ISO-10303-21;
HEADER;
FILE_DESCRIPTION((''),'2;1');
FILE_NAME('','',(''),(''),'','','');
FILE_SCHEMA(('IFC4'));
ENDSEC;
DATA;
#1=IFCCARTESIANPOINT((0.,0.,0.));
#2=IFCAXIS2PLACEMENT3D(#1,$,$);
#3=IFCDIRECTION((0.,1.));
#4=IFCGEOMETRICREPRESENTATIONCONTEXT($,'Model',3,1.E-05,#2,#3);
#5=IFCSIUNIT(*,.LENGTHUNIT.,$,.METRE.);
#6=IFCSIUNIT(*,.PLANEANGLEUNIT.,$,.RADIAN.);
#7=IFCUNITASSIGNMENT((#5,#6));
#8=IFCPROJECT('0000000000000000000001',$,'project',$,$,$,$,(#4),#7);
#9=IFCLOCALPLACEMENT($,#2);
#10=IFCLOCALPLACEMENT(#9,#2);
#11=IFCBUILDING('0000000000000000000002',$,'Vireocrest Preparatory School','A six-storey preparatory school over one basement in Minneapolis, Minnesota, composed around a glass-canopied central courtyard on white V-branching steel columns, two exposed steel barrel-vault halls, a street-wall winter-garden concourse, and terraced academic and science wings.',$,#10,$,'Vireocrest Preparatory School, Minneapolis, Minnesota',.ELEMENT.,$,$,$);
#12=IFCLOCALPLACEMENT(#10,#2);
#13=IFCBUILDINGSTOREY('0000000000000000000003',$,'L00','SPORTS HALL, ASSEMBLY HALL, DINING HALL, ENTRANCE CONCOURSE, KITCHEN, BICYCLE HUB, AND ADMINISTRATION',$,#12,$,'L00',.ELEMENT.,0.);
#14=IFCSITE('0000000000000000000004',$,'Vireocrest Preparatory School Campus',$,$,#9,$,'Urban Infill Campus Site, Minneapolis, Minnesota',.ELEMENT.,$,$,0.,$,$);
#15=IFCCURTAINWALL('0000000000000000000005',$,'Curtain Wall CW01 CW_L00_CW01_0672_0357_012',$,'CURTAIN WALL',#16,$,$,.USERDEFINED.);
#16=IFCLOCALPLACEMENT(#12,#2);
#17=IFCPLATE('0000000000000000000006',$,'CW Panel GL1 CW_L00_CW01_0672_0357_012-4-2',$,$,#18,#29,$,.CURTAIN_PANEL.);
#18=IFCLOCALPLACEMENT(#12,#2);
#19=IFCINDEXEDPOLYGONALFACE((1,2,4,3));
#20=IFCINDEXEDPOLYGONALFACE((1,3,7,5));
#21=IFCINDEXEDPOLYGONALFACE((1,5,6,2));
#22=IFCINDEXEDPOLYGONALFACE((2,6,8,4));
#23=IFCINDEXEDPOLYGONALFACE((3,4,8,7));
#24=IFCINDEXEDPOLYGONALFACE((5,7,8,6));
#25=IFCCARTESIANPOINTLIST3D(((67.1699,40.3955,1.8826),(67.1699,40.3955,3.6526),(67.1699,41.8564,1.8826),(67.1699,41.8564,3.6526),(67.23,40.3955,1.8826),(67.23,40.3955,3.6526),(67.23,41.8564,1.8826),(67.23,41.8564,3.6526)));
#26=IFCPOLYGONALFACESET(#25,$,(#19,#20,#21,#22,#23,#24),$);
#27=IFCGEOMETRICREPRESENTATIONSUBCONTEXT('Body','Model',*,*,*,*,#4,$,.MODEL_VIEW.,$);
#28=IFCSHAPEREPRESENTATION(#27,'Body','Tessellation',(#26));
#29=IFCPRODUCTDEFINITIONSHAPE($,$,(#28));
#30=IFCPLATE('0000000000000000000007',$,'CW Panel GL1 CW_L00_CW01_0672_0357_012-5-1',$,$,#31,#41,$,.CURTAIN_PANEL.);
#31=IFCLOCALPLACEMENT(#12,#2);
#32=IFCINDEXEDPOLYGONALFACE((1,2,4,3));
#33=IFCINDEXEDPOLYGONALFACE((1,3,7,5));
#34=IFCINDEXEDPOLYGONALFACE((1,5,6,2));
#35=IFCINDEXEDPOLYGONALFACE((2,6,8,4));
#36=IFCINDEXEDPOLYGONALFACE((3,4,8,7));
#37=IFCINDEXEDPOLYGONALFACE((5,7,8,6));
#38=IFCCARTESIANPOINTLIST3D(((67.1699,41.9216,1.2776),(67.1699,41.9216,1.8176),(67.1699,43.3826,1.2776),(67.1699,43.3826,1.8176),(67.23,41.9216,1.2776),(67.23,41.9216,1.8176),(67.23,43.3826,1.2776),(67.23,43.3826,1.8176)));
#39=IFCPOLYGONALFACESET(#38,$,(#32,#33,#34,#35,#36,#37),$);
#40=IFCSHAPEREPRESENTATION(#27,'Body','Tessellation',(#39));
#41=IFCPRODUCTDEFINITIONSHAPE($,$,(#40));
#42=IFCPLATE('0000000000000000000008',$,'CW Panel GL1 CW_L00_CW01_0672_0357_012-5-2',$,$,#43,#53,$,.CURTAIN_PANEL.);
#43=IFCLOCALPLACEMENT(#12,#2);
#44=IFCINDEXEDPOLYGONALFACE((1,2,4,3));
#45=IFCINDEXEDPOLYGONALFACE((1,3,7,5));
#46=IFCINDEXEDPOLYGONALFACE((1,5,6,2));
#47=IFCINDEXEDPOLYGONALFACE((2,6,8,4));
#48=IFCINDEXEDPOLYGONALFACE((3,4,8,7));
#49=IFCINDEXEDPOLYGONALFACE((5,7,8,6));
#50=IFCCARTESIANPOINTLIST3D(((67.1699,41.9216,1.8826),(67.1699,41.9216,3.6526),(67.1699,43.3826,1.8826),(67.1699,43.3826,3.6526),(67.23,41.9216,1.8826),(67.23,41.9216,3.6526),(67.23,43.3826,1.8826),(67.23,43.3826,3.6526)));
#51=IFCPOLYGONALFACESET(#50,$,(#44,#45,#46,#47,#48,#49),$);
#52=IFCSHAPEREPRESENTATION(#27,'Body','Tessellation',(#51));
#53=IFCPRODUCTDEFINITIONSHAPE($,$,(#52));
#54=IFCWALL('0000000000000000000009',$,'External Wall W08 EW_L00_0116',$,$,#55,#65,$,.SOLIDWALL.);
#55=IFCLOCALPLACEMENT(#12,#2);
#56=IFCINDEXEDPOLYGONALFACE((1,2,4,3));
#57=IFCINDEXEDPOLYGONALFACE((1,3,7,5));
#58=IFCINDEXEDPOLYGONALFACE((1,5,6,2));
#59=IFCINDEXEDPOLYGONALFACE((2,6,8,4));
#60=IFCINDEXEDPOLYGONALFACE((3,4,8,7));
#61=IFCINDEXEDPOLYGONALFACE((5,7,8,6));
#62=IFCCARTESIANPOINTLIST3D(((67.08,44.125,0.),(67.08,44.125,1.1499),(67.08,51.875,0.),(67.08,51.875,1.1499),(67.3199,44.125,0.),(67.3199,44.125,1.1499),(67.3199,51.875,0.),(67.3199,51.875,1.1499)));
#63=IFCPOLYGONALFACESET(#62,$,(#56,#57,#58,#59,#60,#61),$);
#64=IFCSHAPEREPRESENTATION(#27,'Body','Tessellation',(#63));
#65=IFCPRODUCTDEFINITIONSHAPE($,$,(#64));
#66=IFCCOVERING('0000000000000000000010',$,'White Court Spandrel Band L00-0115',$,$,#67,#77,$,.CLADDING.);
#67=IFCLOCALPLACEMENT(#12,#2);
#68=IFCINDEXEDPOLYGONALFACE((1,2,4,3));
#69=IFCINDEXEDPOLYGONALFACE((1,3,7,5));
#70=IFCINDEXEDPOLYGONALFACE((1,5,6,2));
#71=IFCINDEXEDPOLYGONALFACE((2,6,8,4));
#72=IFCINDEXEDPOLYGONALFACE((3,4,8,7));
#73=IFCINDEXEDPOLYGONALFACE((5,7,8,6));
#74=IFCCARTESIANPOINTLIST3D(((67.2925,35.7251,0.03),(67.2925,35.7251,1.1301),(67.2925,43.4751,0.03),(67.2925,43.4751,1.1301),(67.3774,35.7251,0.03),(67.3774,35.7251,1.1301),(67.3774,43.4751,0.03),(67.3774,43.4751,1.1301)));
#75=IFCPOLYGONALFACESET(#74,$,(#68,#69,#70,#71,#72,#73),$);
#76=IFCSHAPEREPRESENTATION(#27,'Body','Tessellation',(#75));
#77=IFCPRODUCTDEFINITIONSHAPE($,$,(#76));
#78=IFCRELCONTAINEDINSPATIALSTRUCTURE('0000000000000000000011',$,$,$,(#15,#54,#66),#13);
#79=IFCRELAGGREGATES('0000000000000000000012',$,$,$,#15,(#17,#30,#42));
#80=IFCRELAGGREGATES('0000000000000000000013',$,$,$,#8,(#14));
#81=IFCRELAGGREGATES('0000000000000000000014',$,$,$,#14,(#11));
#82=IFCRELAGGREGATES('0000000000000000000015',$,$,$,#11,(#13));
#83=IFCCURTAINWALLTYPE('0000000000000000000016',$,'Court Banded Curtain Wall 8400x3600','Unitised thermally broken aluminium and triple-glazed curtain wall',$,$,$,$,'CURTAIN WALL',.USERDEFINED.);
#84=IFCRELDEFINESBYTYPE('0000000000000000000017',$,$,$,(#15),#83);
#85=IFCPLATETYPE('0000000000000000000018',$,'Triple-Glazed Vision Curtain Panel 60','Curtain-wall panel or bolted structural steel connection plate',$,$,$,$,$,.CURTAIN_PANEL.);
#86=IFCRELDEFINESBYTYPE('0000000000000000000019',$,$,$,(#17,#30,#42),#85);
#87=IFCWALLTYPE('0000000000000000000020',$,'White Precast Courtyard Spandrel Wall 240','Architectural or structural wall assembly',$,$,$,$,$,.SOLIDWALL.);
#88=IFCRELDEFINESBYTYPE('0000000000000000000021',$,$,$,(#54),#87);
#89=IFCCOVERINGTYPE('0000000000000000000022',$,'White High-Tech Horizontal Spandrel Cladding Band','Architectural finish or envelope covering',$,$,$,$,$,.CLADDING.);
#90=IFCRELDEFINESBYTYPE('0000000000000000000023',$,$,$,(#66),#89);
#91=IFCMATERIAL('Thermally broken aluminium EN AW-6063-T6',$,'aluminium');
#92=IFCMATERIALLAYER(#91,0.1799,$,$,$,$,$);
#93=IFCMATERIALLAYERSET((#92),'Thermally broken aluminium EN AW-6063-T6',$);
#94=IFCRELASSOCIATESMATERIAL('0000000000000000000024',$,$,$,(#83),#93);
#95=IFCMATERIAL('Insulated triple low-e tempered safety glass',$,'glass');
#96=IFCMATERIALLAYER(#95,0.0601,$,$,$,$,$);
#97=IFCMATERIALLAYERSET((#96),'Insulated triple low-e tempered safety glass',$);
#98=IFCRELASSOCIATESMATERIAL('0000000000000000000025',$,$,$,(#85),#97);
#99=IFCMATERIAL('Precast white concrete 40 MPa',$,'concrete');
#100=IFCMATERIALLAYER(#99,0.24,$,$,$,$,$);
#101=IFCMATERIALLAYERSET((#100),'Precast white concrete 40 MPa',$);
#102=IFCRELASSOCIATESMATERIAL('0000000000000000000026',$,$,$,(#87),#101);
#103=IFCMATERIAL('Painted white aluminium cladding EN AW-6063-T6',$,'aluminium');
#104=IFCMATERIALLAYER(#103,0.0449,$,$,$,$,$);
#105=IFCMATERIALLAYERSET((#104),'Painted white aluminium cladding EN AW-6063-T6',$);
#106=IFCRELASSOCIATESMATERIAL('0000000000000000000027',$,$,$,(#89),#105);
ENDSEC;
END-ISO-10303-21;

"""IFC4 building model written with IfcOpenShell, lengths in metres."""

from ifc_helpers import new_model, si_unit, direction, frame, frame_2d, origin, origin_2d, place, context, subcontext, project, spatial, rectangle, extrude, material, layer, layer_set, type_object, element, aggregate, save


model = new_model("IFC4")

# Units and contexts
model_context = context("Model", 3, precision=1e-05, world=origin(), true_north=direction((0.0, 1.0)))
body_context = subcontext(model_context, "Body", "Model", "MODEL_VIEW")
ifc_project = project(units=[si_unit("LENGTHUNIT", "METRE"), si_unit("PLANEANGLEUNIT", "RADIAN")], contexts=[model_context])

# Site, building, storey
site_placement = place(None, origin())
site = spatial("IfcSite", under=ifc_project, at=site_placement, Name="Vireocrest Preparatory School Campus", LongName="Urban Infill Campus Site, Minneapolis, Minnesota", CompositionType="ELEMENT", RefElevation=0.0)
building_placement = place(site_placement, origin())
building = spatial("IfcBuilding", under=site, at=building_placement, Name="Vireocrest Preparatory School", Description="A six-storey preparatory school over one basement in Minneapolis, Minnesota, composed around a glass-canopied central courtyard on white V-branching steel columns, two exposed steel barrel-vault halls, a street-wall winter-garden concourse, and terraced academic and science wings.", LongName="Vireocrest Preparatory School, Minneapolis, Minnesota", CompositionType="ELEMENT")
storey_placement = place(building_placement, origin())
storey = spatial("IfcBuildingStorey", under=building, at=storey_placement, Name="L00", Description="SPORTS HALL, ASSEMBLY HALL, DINING HALL, ENTRANCE CONCOURSE, KITCHEN, BICYCLE HUB, AND ADMINISTRATION", LongName="L00", CompositionType="ELEMENT", Elevation=0.0)

# Curtain wall
ifc_material_1 = material(Name="Thermally broken aluminium EN AW-6063-T6", Category="aluminium")
ifc_layer_1 = layer(ifc_material_1, 0.1799)
ifc_layer_set_1 = layer_set([ifc_layer_1], Name="Thermally broken aluminium EN AW-6063-T6")
curtain_wall_type = type_object("IfcCurtainWallType", Name="Court Banded Curtain Wall 8400x3600", Description="Unitised thermally broken aluminium and triple-glazed curtain wall", ElementType="CURTAIN WALL", PredefinedType="USERDEFINED", material=ifc_layer_set_1)
curtain_wall_1_placement = place(storey_placement, origin())
curtain_wall_1 = element("IfcCurtainWall", 1, at=curtain_wall_1_placement, inside=storey, type_object=curtain_wall_type, Name="Curtain Wall CW01 CW_L00_CW01_0672_0357_012", ObjectType="CURTAIN WALL", PredefinedType="USERDEFINED")

# Plates
ifc_material_2 = material(Name="Insulated triple low-e tempered safety glass", Category="glass")
ifc_layer_2 = layer(ifc_material_2, 0.0601)
ifc_layer_set_2 = layer_set([ifc_layer_2], Name="Insulated triple low-e tempered safety glass")
plate_type = type_object("IfcPlateType", Name="Triple-Glazed Vision Curtain Panel 60", Description="Curtain-wall panel or bolted structural steel connection plate", PredefinedType="CURTAIN_PANEL", material=ifc_layer_set_2)
plate_1_placement = place(storey_placement, frame((67.2, 41.126, 1.8826), z_axis=(0.0, 0.0, 1.0), x_axis=(0.0, 1.0, 0.0)))
plate_1 = element("IfcPlate", 2, at=plate_1_placement, type_object=plate_type, Name="CW Panel GL1 CW_L00_CW01_0672_0357_012-4-2", PredefinedType="CURTAIN_PANEL", context=body_context, shape_type="SweptSolid", body=[
    extrude(rectangle(XDim=1.4609, YDim=0.0601, at=origin_2d()), origin(), (0.0, 0.0, 1.0), 1.77),
])
plate_2_placement = place(storey_placement, frame((67.2, 42.6521, 1.2776), z_axis=(0.0, 0.0, 1.0), x_axis=(0.0, 1.0, 0.0)))
plate_2 = element("IfcPlate", 3, at=plate_2_placement, type_object=plate_type, Name="CW Panel GL1 CW_L00_CW01_0672_0357_012-5-1", PredefinedType="CURTAIN_PANEL", context=body_context, shape_type="SweptSolid", body=[
    extrude(rectangle(XDim=1.4609, YDim=0.0601, at=origin_2d()), origin(), (0.0, 0.0, 1.0), 0.54),
])
plate_3_placement = place(storey_placement, frame((67.2, 42.6521, 1.8826), z_axis=(0.0, 0.0, 1.0), x_axis=(0.0, 1.0, 0.0)))
plate_3 = element("IfcPlate", 4, at=plate_3_placement, type_object=plate_type, Name="CW Panel GL1 CW_L00_CW01_0672_0357_012-5-2", PredefinedType="CURTAIN_PANEL", context=body_context, shape_type="SweptSolid", body=[
    extrude(rectangle(XDim=1.4609, YDim=0.0601, at=origin_2d()), origin(), (0.0, 0.0, 1.0), 1.77),
])
aggregate(curtain_wall_1, [plate_1, plate_2, plate_3])

# Wall
ifc_material_3 = material(Name="Precast white concrete 40 MPa", Category="concrete")
ifc_layer_3 = layer(ifc_material_3, 0.24)
ifc_layer_set_3 = layer_set([ifc_layer_3], Name="Precast white concrete 40 MPa")
wall_type = type_object("IfcWallType", Name="White Precast Courtyard Spandrel Wall 240", Description="Architectural or structural wall assembly", PredefinedType="SOLIDWALL", material=ifc_layer_set_3)
wall_placement = place(storey_placement, frame((67.2, 44.125, 0.0), z_axis=(0.0, 0.0, 1.0), x_axis=(0.0, 1.0, 0.0)))
element("IfcWall", 5, at=wall_placement, inside=storey, type_object=wall_type, Name="External Wall W08 EW_L00_0116", PredefinedType="SOLIDWALL", context=body_context, shape_type="SweptSolid", body=[
    extrude(rectangle(XDim=7.75, YDim=0.24, at=frame_2d((3.875, 0.0))), origin(), (0.0, 0.0, 1.0), 1.1499),
])

# Covering
ifc_material_4 = material(Name="Painted white aluminium cladding EN AW-6063-T6", Category="aluminium")
ifc_layer_4 = layer(ifc_material_4, 0.0449)
ifc_layer_set_4 = layer_set([ifc_layer_4], Name="Painted white aluminium cladding EN AW-6063-T6")
covering_type = type_object("IfcCoveringType", Name="White High-Tech Horizontal Spandrel Cladding Band", Description="Architectural finish or envelope covering", PredefinedType="CLADDING", material=ifc_layer_set_4)
covering_placement = place(storey_placement, frame((67.335, 39.6001, 0.03), z_axis=(0.0, 0.0, 1.0), x_axis=(1.0, 0.0, 0.0)))
element("IfcCovering", 6, at=covering_placement, inside=storey, type_object=covering_type, Name="White Court Spandrel Band L00-0115", PredefinedType="CLADDING", context=body_context, shape_type="SweptSolid", body=[
    extrude(rectangle(XDim=0.085, YDim=7.75, at=origin_2d()), origin(), (0.0, 0.0, 1.0), 1.1001),
])

save(model, "model.ifc")
